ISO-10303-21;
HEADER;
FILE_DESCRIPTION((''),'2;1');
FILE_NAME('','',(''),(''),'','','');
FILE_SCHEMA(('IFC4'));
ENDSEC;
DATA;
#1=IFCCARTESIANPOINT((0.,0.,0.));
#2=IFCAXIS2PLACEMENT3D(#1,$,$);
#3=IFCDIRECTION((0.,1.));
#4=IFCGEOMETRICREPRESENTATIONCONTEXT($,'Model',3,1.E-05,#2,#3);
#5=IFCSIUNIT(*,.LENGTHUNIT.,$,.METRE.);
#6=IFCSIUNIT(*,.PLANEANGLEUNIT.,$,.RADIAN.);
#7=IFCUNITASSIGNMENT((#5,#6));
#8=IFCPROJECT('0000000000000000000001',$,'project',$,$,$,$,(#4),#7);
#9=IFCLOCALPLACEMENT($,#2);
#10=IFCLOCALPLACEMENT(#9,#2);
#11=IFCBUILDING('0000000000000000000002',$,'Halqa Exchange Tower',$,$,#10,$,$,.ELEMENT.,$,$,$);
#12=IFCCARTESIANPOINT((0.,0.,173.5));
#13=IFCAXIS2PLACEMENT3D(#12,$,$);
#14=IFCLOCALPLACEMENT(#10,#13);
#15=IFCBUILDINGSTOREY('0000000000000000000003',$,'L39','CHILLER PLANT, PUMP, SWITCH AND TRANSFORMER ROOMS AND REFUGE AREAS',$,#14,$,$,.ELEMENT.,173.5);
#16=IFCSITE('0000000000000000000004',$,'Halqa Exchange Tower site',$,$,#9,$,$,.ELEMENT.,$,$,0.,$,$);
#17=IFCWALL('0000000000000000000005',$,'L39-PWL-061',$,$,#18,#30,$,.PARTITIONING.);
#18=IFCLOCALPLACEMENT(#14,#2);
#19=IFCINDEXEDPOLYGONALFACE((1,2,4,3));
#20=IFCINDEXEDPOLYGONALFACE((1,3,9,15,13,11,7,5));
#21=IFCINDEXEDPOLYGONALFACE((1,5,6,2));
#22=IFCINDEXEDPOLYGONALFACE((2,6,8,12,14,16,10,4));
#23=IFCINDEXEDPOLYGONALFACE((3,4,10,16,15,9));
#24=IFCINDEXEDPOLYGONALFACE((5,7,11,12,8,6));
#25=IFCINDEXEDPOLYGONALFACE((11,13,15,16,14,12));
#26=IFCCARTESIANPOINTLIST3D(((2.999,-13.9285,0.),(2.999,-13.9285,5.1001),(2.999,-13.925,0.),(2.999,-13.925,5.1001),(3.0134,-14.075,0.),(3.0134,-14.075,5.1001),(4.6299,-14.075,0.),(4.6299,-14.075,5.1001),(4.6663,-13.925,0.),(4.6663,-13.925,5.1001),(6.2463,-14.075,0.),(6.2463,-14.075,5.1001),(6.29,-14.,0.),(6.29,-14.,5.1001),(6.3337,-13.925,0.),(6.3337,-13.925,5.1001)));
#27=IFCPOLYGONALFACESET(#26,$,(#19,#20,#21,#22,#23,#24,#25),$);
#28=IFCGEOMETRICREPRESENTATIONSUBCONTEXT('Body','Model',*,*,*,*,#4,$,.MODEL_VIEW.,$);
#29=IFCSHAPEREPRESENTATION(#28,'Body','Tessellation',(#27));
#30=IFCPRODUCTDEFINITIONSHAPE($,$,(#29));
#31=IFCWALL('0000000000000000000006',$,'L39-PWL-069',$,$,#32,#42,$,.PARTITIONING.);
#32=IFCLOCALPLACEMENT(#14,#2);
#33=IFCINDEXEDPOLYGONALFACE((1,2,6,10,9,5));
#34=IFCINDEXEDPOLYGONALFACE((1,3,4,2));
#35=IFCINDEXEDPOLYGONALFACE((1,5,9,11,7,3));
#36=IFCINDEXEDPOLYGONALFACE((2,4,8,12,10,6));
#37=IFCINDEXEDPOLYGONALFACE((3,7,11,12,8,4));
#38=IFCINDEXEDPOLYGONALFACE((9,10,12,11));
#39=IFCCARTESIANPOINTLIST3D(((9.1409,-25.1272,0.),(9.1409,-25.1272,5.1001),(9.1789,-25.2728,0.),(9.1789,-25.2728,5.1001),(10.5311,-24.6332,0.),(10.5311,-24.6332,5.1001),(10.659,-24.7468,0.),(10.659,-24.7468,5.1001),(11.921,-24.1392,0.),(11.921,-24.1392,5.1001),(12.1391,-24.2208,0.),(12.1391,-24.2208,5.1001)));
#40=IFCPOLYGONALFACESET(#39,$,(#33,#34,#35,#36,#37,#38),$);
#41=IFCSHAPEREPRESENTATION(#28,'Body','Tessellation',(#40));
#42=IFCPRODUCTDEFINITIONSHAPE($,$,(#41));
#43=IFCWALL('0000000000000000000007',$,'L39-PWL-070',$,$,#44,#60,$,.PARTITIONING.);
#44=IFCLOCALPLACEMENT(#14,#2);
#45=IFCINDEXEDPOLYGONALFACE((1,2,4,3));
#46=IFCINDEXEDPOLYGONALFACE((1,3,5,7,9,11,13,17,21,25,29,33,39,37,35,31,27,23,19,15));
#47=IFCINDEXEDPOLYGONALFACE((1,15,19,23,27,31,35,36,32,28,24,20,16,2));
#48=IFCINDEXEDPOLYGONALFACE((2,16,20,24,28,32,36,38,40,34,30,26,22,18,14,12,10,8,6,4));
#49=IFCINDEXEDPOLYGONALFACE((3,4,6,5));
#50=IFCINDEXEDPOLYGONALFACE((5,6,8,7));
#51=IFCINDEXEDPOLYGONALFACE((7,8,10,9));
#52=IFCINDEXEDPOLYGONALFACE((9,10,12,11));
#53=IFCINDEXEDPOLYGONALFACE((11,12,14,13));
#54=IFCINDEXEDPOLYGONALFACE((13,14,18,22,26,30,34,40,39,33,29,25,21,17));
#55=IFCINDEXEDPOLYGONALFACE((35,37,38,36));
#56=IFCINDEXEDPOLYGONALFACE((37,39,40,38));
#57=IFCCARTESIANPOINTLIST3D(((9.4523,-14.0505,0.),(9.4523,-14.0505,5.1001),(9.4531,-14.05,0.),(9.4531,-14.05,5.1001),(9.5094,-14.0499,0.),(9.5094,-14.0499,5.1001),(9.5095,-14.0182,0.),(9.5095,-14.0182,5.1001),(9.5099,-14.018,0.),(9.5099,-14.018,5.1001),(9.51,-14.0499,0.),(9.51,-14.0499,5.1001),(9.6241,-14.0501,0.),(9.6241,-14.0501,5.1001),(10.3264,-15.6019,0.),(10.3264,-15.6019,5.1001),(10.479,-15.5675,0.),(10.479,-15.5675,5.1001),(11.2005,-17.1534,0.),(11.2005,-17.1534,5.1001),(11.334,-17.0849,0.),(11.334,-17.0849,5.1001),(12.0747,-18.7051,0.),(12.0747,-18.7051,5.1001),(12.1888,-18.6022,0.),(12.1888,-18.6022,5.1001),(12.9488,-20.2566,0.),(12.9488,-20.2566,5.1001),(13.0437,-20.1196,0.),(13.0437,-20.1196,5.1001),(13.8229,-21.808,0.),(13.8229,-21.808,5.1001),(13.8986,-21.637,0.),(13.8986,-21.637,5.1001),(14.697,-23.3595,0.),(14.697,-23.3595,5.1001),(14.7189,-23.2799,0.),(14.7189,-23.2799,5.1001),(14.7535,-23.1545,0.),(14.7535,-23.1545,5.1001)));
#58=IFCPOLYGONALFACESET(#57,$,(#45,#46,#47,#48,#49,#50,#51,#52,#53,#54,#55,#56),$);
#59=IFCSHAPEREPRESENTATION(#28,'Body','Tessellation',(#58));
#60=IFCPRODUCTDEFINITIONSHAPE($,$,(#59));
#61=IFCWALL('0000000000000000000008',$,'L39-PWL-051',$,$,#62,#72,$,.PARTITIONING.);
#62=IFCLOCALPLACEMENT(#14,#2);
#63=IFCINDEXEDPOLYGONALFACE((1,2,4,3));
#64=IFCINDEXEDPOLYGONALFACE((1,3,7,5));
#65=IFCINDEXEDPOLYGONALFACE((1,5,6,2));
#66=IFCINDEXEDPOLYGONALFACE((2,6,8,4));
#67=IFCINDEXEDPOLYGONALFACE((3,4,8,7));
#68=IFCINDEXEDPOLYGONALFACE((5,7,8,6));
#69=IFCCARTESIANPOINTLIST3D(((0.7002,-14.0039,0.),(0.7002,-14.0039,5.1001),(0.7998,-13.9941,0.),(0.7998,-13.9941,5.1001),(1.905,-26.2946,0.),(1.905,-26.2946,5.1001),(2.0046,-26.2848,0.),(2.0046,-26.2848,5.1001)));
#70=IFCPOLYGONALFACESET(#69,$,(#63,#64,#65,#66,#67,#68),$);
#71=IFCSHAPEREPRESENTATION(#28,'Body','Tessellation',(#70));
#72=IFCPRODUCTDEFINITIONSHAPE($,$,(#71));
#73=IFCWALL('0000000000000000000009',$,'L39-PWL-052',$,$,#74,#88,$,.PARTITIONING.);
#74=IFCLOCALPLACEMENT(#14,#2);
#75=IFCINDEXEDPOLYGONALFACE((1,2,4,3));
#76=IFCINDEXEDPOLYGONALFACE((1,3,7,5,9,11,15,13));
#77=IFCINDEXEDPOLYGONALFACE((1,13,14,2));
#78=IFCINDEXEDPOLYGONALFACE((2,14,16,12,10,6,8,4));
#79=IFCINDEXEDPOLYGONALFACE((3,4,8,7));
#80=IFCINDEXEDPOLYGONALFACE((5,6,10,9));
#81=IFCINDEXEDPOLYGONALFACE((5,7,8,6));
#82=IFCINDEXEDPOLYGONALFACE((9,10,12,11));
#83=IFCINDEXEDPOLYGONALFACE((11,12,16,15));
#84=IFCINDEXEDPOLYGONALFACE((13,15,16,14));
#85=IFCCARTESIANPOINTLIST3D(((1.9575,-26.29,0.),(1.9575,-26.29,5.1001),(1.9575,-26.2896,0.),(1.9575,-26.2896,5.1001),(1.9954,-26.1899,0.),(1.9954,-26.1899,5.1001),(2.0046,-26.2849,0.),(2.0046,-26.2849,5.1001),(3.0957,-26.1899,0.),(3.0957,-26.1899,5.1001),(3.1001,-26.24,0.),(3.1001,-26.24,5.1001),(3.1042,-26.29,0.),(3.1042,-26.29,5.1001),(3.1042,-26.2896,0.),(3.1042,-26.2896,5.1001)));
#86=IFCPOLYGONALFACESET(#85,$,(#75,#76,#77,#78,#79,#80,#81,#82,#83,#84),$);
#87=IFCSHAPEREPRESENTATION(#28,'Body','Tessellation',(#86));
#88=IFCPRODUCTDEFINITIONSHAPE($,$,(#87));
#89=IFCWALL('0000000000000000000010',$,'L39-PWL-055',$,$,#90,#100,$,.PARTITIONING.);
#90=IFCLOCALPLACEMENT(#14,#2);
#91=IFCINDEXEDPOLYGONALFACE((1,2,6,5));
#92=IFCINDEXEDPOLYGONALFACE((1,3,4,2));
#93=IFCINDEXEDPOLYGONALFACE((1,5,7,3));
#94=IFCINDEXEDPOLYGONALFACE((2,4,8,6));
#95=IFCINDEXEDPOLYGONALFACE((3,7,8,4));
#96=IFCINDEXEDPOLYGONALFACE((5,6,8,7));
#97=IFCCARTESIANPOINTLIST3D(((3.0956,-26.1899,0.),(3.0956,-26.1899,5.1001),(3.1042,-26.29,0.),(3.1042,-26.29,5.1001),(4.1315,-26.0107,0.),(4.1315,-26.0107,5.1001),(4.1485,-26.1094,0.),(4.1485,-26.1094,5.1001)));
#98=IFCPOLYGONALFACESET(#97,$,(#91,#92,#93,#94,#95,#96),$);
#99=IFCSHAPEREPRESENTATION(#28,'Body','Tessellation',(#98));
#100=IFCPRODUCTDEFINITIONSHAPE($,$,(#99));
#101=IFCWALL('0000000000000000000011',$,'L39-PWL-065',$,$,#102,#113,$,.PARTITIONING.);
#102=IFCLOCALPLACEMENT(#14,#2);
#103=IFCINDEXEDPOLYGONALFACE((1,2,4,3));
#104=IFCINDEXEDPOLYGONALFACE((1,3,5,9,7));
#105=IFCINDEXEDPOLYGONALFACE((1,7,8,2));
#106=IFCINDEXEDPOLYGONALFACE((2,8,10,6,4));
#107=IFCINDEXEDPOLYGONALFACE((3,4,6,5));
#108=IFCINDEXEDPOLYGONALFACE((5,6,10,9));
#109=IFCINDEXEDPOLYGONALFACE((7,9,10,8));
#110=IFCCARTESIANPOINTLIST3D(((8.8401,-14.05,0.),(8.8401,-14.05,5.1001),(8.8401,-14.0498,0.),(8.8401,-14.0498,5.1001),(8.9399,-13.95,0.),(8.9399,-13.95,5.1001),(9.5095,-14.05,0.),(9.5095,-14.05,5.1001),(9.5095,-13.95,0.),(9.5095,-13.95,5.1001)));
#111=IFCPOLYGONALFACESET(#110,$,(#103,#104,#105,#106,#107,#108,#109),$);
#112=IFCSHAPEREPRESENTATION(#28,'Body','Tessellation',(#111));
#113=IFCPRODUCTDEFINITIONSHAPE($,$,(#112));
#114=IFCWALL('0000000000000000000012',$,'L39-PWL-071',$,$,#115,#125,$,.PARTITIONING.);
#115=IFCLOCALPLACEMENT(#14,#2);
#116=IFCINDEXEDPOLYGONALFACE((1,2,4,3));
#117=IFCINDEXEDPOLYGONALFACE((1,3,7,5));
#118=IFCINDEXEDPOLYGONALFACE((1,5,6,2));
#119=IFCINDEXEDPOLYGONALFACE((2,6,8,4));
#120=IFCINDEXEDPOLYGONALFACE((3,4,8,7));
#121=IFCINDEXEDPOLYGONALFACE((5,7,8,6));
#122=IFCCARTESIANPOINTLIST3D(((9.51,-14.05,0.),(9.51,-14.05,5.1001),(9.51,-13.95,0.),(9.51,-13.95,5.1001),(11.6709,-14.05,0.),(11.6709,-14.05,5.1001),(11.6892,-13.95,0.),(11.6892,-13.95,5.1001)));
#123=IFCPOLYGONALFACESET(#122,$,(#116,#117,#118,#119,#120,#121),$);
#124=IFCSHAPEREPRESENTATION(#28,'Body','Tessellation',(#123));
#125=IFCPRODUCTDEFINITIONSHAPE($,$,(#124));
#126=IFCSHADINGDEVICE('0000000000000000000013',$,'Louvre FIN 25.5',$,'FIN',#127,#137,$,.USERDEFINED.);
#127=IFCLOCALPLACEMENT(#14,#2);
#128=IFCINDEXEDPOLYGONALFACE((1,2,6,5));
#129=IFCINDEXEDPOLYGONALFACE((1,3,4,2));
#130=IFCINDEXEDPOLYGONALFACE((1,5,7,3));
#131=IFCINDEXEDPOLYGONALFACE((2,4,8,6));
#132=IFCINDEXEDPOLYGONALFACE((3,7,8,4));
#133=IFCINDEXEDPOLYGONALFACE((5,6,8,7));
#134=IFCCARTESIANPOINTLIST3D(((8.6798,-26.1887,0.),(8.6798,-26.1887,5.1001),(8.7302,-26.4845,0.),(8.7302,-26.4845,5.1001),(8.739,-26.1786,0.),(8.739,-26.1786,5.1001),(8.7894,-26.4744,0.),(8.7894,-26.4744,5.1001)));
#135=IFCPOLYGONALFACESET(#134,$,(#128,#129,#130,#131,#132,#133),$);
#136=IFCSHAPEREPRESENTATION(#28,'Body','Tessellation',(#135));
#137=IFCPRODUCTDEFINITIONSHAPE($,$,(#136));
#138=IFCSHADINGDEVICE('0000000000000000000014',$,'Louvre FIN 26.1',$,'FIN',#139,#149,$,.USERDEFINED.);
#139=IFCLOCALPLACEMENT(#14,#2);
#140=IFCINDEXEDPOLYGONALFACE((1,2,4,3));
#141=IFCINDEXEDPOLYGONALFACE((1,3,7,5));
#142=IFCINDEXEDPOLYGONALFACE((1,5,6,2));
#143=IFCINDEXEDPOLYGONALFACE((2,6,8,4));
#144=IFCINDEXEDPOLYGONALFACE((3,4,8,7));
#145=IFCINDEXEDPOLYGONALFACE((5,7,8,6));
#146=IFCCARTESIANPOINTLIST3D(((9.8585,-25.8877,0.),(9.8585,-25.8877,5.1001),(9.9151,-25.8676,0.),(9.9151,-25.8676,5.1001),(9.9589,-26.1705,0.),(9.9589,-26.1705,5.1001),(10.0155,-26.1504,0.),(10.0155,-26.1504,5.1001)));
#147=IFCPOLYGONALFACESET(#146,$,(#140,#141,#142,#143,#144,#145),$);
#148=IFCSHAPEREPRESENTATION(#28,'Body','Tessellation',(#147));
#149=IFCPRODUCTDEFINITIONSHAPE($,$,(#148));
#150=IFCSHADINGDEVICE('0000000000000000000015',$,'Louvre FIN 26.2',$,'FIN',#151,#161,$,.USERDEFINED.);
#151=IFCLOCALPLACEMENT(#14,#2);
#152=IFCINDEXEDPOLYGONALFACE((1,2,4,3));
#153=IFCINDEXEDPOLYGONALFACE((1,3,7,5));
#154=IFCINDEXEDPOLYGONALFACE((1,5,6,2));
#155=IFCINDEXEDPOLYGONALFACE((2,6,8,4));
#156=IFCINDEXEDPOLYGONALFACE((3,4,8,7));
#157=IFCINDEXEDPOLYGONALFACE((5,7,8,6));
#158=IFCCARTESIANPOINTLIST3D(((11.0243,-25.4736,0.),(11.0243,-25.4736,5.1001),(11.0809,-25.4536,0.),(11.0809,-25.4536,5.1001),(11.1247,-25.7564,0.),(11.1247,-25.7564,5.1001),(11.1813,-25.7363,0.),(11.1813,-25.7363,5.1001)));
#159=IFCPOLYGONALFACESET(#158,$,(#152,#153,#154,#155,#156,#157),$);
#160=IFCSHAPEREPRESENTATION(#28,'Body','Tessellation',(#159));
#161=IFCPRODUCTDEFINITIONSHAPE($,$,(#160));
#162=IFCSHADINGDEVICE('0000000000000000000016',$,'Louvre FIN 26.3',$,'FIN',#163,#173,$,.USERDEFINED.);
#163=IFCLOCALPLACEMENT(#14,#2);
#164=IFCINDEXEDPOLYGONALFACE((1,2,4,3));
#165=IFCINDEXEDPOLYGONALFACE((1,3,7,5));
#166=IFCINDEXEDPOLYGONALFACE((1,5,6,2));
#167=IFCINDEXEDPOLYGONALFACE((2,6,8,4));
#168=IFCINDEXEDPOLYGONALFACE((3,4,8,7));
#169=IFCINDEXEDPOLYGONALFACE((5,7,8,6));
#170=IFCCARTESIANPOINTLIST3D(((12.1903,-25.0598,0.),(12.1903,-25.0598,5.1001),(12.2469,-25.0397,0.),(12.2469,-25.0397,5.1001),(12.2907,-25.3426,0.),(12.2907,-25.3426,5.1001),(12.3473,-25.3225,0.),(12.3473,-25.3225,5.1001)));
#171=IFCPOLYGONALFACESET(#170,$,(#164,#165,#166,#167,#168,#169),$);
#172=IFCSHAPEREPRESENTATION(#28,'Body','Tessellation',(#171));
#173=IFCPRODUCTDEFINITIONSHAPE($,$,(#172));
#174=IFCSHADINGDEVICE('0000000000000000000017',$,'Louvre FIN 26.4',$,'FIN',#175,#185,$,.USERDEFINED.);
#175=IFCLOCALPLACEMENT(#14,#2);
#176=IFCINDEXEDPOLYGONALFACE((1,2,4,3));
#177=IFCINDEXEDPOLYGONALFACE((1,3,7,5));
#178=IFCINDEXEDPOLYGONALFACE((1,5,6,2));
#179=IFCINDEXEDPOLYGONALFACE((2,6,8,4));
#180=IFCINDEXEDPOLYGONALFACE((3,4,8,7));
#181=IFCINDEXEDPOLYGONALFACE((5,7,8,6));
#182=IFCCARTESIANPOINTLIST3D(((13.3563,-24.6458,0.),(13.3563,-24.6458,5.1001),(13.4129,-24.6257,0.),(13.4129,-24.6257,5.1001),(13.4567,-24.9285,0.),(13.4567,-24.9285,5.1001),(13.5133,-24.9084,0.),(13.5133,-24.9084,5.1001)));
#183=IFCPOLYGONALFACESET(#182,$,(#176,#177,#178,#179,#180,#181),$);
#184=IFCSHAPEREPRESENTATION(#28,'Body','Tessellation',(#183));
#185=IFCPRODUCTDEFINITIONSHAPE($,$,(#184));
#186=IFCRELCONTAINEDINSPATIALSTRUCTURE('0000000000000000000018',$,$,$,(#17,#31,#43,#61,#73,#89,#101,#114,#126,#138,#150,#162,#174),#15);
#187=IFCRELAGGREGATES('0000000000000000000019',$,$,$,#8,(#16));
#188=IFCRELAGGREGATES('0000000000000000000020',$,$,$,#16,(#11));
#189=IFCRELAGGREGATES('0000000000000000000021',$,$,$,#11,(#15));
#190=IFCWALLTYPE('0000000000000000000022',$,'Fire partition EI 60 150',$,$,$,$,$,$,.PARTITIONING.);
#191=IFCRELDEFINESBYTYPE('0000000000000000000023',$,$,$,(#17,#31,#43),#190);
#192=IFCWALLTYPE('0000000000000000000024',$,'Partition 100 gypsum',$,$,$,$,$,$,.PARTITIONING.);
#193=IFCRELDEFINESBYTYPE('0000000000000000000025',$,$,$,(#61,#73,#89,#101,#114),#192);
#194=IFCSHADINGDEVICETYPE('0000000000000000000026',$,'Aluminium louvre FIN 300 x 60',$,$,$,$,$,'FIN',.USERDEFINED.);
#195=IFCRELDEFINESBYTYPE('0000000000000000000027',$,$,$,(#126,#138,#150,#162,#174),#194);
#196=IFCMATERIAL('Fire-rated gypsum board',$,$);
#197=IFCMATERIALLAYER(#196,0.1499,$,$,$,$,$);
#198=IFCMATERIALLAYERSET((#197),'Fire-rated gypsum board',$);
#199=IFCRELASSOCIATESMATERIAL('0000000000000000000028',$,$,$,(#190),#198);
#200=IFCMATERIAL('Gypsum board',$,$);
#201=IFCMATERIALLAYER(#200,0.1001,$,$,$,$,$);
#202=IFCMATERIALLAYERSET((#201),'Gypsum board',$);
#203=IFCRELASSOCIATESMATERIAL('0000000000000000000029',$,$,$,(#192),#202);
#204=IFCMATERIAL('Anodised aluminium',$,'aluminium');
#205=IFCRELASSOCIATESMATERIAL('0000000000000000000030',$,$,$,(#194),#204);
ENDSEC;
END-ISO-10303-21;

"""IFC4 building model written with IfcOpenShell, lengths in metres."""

from ifc_helpers import new_model, si_unit, direction, frame, frame_2d, origin, origin_2d, place, context, subcontext, project, spatial, polyline, rectangle, outline, extrude, material, layer, layer_set, material_profile, profile_set, type_object, element, save


model = new_model("IFC4")

# Units and contexts
model_context = context("Model", 3, precision=1e-05, world=origin(), true_north=direction((0.0, 1.0)))
body_context = subcontext(model_context, "Body", "Model", "MODEL_VIEW")
ifc_project = project(units=[si_unit("LENGTHUNIT", "METRE"), si_unit("PLANEANGLEUNIT", "RADIAN")], contexts=[model_context])

# Site, building, storey
site_placement = place(None, origin())
site = spatial("IfcSite", under=ifc_project, at=site_placement, Name="Halqa Exchange Tower site", CompositionType="ELEMENT", RefElevation=0.0)
building_placement = place(site_placement, origin())
building = spatial("IfcBuilding", under=site, at=building_placement, Name="Halqa Exchange Tower", CompositionType="ELEMENT")
storey_placement = place(building_placement, frame((0.0, 0.0, 173.5)))
storey = spatial("IfcBuildingStorey", under=building, at=storey_placement, Name="L39", Description="CHILLER PLANT, PUMP, SWITCH AND TRANSFORMER ROOMS AND REFUGE AREAS", CompositionType="ELEMENT", Elevation=173.5)

# Walls
ifc_material_1 = material(Name="Fire-rated gypsum board")
ifc_layer_1 = layer(ifc_material_1, 0.1499)
ifc_layer_set_1 = layer_set([ifc_layer_1], Name="Fire-rated gypsum board")
wall_type_1 = type_object("IfcWallType", Name="Fire partition EI 60 150", PredefinedType="PARTITIONING", material=ifc_layer_set_1)
wall_1_placement = place(storey_placement, frame((6.3337, -14.0, 0.0), z_axis=(0.0, 0.0, 1.0), x_axis=(-1.0, 0.0, 0.0)))
element("IfcWall", 1, at=wall_1_placement, inside=storey, type_object=wall_type_1, Name="L39-PWL-061", PredefinedType="PARTITIONING", context=body_context, shape_type="SweptSolid", body=[
    extrude(outline(polyline([(3.3347, -0.075), (3.3347, -0.0715), (3.3203, 0.075), (1.7039, 0.075), (0.0874, 0.075), (0.0437, 0.0), (0.0, -0.075), (0.0, -0.075), (1.6675, -0.075), (3.3347, -0.075)])), origin(), (0.0, 0.0, 1.0), 5.1001),
])
wall_2_placement = place(storey_placement, frame((9.1538, -25.2021, 0.0), z_axis=(0.0, 0.0, 1.0), x_axis=(0.942266, 0.334864, 0.0)))
element("IfcWall", 2, at=wall_2_placement, inside=storey, type_object=wall_type_1, Name="L39-PWL-069", PredefinedType="PARTITIONING", context=body_context, shape_type="SweptSolid", body=[
    extrude(outline(polyline([(0.0, -0.075), (1.5708, -0.075), (3.1416, -0.075), (2.9634, 0.075), (1.4883, 0.075), (0.0129, 0.075), (0.0, -0.075)])), origin(), (0.0, 0.0, 1.0), 5.1001),
])
wall_3_placement = place(storey_placement, frame((9.5176, -14.0137, 0.0), z_axis=(0.0, 0.0, 1.0), x_axis=(0.490857, -0.87124, 0.0)))
element("IfcWall", 3, at=wall_3_placement, inside=storey, type_object=wall_type_1, Name="L39-PWL-070", PredefinedType="PARTITIONING", context=body_context, shape_type="SweptSolid", body=[
    extrude(outline(polyline([(0.0, -0.075), (1.7808, -0.075), (3.5615, -0.075), (5.3425, -0.075), (7.1233, -0.075), (8.9041, -0.075), (10.6848, -0.075), (10.6262, -0.0168), (10.5339, 0.075), (8.7922, 0.075), (7.0505, 0.075), (5.3088, 0.075), (3.5674, 0.075), (1.8257, 0.075), (0.084, 0.075), (0.0278, -0.0244), (0.0, -0.0088), (0.0, -0.0093), (0.0276, -0.0249), (0.0, -0.074), (0.0, -0.075)])), origin(), (0.0, 0.0, 1.0), 5.1001),
])

# Walls
ifc_material_2 = material(Name="Gypsum board")
ifc_layer_2 = layer(ifc_material_2, 0.1001)
ifc_layer_set_2 = layer_set([ifc_layer_2], Name="Gypsum board")
wall_type_2 = type_object("IfcWallType", Name="Partition 100 gypsum", PredefinedType="PARTITIONING", material=ifc_layer_set_2)
wall_4_placement = place(storey_placement, frame((0.75, -13.999, 0.0), z_axis=(0.0, 0.0, 1.0), x_axis=(0.09756, -0.99523, 0.0)))
element("IfcWall", 4, at=wall_4_placement, inside=storey, type_object=wall_type_2, Name="L39-PWL-051", PredefinedType="PARTITIONING", context=body_context, shape_type="SweptSolid", body=[
    extrude(rectangle(XDim=12.3496, YDim=0.1001, at=frame_2d((6.1748, 0.0))), origin(), (0.0, 0.0, 1.0), 5.1001),
])
wall_5_placement = place(storey_placement, frame((1.9575, -26.24, 0.0), z_axis=(0.0, 0.0, 1.0), x_axis=(1.0, 0.0, 0.0)))
element("IfcWall", 5, at=wall_5_placement, inside=storey, type_object=wall_type_2, Name="L39-PWL-052", PredefinedType="PARTITIONING", context=body_context, shape_type="SweptSolid", body=[
    extrude(outline(polyline([(1.1467, -0.05), (1.1467, -0.0496), (1.1426, 0.0), (1.1382, 0.05), (1.1382, 0.05), (1.1382, 0.05), (0.0378, 0.05), (0.0471, -0.0449), (0.0, -0.0496), (0.0, -0.05), (1.1467, -0.05)])), origin(), (0.0, 0.0, 1.0), 5.1001),
])
wall_6_placement = place(storey_placement, frame((3.0957, -26.2407, 0.0), z_axis=(0.0, 0.0, 1.0), x_axis=(0.98536, 0.170486, 0.0)))
element("IfcWall", 6, at=wall_6_placement, inside=storey, type_object=wall_type_2, Name="L39-PWL-055", PredefinedType="PARTITIONING", context=body_context, shape_type="SweptSolid", body=[
    extrude(outline(polyline([(1.0598, 0.05), (0.0085, 0.05), (0.0, -0.05), (1.0598, -0.05), (1.0598, 0.05)])), origin(), (0.0, 0.0, 1.0), 5.1001),
])
wall_7_placement = place(storey_placement, frame((8.8401, -14.0, 0.0), z_axis=(0.0, 0.0, 1.0), x_axis=(1.0, 0.0, 0.0)))
element("IfcWall", 7, at=wall_7_placement, inside=storey, type_object=wall_type_2, Name="L39-PWL-065", PredefinedType="PARTITIONING", context=body_context, shape_type="SweptSolid", body=[
    extrude(outline(polyline([(0.6694, 0.05), (0.0999, 0.05), (0.0, -0.0498), (0.0, -0.05), (0.6694, -0.05), (0.6694, 0.05)])), origin(), (0.0, 0.0, 1.0), 5.1001),
])
wall_8_placement = place(storey_placement, frame((9.51, -14.0, 0.0), z_axis=(0.0, 0.0, 1.0), x_axis=(1.0, 0.0, 0.0)))
element("IfcWall", 8, at=wall_8_placement, inside=storey, type_object=wall_type_2, Name="L39-PWL-071", PredefinedType="PARTITIONING", context=body_context, shape_type="SweptSolid", body=[
    extrude(outline(polyline([(0.0, -0.05), (2.1609, -0.05), (2.1792, 0.05), (0.0, 0.05), (0.0, -0.05)])), origin(), (0.0, 0.0, 1.0), 5.1001),
])

# Shading devices
ifc_material_3 = material(Name="Anodised aluminium", Category="aluminium")
ifc_material_profile_1 = material_profile(ifc_material_3, rectangle(XDim=0.3, YDim=0.0601, at=origin_2d()), Name="AL FIN 300x60")
ifc_profile_set_1 = profile_set([ifc_material_profile_1], Name="Anodised aluminium")
shading_device_type = type_object("IfcShadingDeviceType", Name="Aluminium louvre FIN 300 x 60", ElementType="FIN", PredefinedType="USERDEFINED", material=ifc_profile_set_1)
for number, where, z_axis, x_axis, name in (
    (9, (8.7346, -26.3315, 0.0), (0.0, 0.0, 1.0), (-0.168073, 0.985775, 0.0), "Louvre FIN 25.5"),
    (10, (9.937, -26.019, 0.0), (0.0, 0.0, 1.0), (-0.33458, 0.942367, 0.0), "Louvre FIN 26.1"),
    (11, (11.1028, -25.605, 0.0), (0.0, 0.0, 1.0), (-0.33458, 0.942367, 0.0), "Louvre FIN 26.2"),
    (12, (12.2688, -25.1912, 0.0), (0.0, 0.0, 1.0), (-0.33458, 0.942367, 0.0), "Louvre FIN 26.3"),
    (13, (13.4348, -24.7771, 0.0), (0.0, 0.0, 1.0), (-0.33458, 0.942367, 0.0), "Louvre FIN 26.4"),
):
    element("IfcShadingDevice", number, at=place(storey_placement, frame(where, z_axis=z_axis, x_axis=x_axis)), inside=storey, type_object=shading_device_type, Name=name, ObjectType="FIN", PredefinedType="USERDEFINED", context=body_context, shape_type="SweptSolid", body=[
        extrude(rectangle(XDim=0.3, YDim=0.0601, at=origin_2d()), origin(), (0.0, 0.0, 1.0), 5.1001),
    ])

save(model, "model.ifc")
